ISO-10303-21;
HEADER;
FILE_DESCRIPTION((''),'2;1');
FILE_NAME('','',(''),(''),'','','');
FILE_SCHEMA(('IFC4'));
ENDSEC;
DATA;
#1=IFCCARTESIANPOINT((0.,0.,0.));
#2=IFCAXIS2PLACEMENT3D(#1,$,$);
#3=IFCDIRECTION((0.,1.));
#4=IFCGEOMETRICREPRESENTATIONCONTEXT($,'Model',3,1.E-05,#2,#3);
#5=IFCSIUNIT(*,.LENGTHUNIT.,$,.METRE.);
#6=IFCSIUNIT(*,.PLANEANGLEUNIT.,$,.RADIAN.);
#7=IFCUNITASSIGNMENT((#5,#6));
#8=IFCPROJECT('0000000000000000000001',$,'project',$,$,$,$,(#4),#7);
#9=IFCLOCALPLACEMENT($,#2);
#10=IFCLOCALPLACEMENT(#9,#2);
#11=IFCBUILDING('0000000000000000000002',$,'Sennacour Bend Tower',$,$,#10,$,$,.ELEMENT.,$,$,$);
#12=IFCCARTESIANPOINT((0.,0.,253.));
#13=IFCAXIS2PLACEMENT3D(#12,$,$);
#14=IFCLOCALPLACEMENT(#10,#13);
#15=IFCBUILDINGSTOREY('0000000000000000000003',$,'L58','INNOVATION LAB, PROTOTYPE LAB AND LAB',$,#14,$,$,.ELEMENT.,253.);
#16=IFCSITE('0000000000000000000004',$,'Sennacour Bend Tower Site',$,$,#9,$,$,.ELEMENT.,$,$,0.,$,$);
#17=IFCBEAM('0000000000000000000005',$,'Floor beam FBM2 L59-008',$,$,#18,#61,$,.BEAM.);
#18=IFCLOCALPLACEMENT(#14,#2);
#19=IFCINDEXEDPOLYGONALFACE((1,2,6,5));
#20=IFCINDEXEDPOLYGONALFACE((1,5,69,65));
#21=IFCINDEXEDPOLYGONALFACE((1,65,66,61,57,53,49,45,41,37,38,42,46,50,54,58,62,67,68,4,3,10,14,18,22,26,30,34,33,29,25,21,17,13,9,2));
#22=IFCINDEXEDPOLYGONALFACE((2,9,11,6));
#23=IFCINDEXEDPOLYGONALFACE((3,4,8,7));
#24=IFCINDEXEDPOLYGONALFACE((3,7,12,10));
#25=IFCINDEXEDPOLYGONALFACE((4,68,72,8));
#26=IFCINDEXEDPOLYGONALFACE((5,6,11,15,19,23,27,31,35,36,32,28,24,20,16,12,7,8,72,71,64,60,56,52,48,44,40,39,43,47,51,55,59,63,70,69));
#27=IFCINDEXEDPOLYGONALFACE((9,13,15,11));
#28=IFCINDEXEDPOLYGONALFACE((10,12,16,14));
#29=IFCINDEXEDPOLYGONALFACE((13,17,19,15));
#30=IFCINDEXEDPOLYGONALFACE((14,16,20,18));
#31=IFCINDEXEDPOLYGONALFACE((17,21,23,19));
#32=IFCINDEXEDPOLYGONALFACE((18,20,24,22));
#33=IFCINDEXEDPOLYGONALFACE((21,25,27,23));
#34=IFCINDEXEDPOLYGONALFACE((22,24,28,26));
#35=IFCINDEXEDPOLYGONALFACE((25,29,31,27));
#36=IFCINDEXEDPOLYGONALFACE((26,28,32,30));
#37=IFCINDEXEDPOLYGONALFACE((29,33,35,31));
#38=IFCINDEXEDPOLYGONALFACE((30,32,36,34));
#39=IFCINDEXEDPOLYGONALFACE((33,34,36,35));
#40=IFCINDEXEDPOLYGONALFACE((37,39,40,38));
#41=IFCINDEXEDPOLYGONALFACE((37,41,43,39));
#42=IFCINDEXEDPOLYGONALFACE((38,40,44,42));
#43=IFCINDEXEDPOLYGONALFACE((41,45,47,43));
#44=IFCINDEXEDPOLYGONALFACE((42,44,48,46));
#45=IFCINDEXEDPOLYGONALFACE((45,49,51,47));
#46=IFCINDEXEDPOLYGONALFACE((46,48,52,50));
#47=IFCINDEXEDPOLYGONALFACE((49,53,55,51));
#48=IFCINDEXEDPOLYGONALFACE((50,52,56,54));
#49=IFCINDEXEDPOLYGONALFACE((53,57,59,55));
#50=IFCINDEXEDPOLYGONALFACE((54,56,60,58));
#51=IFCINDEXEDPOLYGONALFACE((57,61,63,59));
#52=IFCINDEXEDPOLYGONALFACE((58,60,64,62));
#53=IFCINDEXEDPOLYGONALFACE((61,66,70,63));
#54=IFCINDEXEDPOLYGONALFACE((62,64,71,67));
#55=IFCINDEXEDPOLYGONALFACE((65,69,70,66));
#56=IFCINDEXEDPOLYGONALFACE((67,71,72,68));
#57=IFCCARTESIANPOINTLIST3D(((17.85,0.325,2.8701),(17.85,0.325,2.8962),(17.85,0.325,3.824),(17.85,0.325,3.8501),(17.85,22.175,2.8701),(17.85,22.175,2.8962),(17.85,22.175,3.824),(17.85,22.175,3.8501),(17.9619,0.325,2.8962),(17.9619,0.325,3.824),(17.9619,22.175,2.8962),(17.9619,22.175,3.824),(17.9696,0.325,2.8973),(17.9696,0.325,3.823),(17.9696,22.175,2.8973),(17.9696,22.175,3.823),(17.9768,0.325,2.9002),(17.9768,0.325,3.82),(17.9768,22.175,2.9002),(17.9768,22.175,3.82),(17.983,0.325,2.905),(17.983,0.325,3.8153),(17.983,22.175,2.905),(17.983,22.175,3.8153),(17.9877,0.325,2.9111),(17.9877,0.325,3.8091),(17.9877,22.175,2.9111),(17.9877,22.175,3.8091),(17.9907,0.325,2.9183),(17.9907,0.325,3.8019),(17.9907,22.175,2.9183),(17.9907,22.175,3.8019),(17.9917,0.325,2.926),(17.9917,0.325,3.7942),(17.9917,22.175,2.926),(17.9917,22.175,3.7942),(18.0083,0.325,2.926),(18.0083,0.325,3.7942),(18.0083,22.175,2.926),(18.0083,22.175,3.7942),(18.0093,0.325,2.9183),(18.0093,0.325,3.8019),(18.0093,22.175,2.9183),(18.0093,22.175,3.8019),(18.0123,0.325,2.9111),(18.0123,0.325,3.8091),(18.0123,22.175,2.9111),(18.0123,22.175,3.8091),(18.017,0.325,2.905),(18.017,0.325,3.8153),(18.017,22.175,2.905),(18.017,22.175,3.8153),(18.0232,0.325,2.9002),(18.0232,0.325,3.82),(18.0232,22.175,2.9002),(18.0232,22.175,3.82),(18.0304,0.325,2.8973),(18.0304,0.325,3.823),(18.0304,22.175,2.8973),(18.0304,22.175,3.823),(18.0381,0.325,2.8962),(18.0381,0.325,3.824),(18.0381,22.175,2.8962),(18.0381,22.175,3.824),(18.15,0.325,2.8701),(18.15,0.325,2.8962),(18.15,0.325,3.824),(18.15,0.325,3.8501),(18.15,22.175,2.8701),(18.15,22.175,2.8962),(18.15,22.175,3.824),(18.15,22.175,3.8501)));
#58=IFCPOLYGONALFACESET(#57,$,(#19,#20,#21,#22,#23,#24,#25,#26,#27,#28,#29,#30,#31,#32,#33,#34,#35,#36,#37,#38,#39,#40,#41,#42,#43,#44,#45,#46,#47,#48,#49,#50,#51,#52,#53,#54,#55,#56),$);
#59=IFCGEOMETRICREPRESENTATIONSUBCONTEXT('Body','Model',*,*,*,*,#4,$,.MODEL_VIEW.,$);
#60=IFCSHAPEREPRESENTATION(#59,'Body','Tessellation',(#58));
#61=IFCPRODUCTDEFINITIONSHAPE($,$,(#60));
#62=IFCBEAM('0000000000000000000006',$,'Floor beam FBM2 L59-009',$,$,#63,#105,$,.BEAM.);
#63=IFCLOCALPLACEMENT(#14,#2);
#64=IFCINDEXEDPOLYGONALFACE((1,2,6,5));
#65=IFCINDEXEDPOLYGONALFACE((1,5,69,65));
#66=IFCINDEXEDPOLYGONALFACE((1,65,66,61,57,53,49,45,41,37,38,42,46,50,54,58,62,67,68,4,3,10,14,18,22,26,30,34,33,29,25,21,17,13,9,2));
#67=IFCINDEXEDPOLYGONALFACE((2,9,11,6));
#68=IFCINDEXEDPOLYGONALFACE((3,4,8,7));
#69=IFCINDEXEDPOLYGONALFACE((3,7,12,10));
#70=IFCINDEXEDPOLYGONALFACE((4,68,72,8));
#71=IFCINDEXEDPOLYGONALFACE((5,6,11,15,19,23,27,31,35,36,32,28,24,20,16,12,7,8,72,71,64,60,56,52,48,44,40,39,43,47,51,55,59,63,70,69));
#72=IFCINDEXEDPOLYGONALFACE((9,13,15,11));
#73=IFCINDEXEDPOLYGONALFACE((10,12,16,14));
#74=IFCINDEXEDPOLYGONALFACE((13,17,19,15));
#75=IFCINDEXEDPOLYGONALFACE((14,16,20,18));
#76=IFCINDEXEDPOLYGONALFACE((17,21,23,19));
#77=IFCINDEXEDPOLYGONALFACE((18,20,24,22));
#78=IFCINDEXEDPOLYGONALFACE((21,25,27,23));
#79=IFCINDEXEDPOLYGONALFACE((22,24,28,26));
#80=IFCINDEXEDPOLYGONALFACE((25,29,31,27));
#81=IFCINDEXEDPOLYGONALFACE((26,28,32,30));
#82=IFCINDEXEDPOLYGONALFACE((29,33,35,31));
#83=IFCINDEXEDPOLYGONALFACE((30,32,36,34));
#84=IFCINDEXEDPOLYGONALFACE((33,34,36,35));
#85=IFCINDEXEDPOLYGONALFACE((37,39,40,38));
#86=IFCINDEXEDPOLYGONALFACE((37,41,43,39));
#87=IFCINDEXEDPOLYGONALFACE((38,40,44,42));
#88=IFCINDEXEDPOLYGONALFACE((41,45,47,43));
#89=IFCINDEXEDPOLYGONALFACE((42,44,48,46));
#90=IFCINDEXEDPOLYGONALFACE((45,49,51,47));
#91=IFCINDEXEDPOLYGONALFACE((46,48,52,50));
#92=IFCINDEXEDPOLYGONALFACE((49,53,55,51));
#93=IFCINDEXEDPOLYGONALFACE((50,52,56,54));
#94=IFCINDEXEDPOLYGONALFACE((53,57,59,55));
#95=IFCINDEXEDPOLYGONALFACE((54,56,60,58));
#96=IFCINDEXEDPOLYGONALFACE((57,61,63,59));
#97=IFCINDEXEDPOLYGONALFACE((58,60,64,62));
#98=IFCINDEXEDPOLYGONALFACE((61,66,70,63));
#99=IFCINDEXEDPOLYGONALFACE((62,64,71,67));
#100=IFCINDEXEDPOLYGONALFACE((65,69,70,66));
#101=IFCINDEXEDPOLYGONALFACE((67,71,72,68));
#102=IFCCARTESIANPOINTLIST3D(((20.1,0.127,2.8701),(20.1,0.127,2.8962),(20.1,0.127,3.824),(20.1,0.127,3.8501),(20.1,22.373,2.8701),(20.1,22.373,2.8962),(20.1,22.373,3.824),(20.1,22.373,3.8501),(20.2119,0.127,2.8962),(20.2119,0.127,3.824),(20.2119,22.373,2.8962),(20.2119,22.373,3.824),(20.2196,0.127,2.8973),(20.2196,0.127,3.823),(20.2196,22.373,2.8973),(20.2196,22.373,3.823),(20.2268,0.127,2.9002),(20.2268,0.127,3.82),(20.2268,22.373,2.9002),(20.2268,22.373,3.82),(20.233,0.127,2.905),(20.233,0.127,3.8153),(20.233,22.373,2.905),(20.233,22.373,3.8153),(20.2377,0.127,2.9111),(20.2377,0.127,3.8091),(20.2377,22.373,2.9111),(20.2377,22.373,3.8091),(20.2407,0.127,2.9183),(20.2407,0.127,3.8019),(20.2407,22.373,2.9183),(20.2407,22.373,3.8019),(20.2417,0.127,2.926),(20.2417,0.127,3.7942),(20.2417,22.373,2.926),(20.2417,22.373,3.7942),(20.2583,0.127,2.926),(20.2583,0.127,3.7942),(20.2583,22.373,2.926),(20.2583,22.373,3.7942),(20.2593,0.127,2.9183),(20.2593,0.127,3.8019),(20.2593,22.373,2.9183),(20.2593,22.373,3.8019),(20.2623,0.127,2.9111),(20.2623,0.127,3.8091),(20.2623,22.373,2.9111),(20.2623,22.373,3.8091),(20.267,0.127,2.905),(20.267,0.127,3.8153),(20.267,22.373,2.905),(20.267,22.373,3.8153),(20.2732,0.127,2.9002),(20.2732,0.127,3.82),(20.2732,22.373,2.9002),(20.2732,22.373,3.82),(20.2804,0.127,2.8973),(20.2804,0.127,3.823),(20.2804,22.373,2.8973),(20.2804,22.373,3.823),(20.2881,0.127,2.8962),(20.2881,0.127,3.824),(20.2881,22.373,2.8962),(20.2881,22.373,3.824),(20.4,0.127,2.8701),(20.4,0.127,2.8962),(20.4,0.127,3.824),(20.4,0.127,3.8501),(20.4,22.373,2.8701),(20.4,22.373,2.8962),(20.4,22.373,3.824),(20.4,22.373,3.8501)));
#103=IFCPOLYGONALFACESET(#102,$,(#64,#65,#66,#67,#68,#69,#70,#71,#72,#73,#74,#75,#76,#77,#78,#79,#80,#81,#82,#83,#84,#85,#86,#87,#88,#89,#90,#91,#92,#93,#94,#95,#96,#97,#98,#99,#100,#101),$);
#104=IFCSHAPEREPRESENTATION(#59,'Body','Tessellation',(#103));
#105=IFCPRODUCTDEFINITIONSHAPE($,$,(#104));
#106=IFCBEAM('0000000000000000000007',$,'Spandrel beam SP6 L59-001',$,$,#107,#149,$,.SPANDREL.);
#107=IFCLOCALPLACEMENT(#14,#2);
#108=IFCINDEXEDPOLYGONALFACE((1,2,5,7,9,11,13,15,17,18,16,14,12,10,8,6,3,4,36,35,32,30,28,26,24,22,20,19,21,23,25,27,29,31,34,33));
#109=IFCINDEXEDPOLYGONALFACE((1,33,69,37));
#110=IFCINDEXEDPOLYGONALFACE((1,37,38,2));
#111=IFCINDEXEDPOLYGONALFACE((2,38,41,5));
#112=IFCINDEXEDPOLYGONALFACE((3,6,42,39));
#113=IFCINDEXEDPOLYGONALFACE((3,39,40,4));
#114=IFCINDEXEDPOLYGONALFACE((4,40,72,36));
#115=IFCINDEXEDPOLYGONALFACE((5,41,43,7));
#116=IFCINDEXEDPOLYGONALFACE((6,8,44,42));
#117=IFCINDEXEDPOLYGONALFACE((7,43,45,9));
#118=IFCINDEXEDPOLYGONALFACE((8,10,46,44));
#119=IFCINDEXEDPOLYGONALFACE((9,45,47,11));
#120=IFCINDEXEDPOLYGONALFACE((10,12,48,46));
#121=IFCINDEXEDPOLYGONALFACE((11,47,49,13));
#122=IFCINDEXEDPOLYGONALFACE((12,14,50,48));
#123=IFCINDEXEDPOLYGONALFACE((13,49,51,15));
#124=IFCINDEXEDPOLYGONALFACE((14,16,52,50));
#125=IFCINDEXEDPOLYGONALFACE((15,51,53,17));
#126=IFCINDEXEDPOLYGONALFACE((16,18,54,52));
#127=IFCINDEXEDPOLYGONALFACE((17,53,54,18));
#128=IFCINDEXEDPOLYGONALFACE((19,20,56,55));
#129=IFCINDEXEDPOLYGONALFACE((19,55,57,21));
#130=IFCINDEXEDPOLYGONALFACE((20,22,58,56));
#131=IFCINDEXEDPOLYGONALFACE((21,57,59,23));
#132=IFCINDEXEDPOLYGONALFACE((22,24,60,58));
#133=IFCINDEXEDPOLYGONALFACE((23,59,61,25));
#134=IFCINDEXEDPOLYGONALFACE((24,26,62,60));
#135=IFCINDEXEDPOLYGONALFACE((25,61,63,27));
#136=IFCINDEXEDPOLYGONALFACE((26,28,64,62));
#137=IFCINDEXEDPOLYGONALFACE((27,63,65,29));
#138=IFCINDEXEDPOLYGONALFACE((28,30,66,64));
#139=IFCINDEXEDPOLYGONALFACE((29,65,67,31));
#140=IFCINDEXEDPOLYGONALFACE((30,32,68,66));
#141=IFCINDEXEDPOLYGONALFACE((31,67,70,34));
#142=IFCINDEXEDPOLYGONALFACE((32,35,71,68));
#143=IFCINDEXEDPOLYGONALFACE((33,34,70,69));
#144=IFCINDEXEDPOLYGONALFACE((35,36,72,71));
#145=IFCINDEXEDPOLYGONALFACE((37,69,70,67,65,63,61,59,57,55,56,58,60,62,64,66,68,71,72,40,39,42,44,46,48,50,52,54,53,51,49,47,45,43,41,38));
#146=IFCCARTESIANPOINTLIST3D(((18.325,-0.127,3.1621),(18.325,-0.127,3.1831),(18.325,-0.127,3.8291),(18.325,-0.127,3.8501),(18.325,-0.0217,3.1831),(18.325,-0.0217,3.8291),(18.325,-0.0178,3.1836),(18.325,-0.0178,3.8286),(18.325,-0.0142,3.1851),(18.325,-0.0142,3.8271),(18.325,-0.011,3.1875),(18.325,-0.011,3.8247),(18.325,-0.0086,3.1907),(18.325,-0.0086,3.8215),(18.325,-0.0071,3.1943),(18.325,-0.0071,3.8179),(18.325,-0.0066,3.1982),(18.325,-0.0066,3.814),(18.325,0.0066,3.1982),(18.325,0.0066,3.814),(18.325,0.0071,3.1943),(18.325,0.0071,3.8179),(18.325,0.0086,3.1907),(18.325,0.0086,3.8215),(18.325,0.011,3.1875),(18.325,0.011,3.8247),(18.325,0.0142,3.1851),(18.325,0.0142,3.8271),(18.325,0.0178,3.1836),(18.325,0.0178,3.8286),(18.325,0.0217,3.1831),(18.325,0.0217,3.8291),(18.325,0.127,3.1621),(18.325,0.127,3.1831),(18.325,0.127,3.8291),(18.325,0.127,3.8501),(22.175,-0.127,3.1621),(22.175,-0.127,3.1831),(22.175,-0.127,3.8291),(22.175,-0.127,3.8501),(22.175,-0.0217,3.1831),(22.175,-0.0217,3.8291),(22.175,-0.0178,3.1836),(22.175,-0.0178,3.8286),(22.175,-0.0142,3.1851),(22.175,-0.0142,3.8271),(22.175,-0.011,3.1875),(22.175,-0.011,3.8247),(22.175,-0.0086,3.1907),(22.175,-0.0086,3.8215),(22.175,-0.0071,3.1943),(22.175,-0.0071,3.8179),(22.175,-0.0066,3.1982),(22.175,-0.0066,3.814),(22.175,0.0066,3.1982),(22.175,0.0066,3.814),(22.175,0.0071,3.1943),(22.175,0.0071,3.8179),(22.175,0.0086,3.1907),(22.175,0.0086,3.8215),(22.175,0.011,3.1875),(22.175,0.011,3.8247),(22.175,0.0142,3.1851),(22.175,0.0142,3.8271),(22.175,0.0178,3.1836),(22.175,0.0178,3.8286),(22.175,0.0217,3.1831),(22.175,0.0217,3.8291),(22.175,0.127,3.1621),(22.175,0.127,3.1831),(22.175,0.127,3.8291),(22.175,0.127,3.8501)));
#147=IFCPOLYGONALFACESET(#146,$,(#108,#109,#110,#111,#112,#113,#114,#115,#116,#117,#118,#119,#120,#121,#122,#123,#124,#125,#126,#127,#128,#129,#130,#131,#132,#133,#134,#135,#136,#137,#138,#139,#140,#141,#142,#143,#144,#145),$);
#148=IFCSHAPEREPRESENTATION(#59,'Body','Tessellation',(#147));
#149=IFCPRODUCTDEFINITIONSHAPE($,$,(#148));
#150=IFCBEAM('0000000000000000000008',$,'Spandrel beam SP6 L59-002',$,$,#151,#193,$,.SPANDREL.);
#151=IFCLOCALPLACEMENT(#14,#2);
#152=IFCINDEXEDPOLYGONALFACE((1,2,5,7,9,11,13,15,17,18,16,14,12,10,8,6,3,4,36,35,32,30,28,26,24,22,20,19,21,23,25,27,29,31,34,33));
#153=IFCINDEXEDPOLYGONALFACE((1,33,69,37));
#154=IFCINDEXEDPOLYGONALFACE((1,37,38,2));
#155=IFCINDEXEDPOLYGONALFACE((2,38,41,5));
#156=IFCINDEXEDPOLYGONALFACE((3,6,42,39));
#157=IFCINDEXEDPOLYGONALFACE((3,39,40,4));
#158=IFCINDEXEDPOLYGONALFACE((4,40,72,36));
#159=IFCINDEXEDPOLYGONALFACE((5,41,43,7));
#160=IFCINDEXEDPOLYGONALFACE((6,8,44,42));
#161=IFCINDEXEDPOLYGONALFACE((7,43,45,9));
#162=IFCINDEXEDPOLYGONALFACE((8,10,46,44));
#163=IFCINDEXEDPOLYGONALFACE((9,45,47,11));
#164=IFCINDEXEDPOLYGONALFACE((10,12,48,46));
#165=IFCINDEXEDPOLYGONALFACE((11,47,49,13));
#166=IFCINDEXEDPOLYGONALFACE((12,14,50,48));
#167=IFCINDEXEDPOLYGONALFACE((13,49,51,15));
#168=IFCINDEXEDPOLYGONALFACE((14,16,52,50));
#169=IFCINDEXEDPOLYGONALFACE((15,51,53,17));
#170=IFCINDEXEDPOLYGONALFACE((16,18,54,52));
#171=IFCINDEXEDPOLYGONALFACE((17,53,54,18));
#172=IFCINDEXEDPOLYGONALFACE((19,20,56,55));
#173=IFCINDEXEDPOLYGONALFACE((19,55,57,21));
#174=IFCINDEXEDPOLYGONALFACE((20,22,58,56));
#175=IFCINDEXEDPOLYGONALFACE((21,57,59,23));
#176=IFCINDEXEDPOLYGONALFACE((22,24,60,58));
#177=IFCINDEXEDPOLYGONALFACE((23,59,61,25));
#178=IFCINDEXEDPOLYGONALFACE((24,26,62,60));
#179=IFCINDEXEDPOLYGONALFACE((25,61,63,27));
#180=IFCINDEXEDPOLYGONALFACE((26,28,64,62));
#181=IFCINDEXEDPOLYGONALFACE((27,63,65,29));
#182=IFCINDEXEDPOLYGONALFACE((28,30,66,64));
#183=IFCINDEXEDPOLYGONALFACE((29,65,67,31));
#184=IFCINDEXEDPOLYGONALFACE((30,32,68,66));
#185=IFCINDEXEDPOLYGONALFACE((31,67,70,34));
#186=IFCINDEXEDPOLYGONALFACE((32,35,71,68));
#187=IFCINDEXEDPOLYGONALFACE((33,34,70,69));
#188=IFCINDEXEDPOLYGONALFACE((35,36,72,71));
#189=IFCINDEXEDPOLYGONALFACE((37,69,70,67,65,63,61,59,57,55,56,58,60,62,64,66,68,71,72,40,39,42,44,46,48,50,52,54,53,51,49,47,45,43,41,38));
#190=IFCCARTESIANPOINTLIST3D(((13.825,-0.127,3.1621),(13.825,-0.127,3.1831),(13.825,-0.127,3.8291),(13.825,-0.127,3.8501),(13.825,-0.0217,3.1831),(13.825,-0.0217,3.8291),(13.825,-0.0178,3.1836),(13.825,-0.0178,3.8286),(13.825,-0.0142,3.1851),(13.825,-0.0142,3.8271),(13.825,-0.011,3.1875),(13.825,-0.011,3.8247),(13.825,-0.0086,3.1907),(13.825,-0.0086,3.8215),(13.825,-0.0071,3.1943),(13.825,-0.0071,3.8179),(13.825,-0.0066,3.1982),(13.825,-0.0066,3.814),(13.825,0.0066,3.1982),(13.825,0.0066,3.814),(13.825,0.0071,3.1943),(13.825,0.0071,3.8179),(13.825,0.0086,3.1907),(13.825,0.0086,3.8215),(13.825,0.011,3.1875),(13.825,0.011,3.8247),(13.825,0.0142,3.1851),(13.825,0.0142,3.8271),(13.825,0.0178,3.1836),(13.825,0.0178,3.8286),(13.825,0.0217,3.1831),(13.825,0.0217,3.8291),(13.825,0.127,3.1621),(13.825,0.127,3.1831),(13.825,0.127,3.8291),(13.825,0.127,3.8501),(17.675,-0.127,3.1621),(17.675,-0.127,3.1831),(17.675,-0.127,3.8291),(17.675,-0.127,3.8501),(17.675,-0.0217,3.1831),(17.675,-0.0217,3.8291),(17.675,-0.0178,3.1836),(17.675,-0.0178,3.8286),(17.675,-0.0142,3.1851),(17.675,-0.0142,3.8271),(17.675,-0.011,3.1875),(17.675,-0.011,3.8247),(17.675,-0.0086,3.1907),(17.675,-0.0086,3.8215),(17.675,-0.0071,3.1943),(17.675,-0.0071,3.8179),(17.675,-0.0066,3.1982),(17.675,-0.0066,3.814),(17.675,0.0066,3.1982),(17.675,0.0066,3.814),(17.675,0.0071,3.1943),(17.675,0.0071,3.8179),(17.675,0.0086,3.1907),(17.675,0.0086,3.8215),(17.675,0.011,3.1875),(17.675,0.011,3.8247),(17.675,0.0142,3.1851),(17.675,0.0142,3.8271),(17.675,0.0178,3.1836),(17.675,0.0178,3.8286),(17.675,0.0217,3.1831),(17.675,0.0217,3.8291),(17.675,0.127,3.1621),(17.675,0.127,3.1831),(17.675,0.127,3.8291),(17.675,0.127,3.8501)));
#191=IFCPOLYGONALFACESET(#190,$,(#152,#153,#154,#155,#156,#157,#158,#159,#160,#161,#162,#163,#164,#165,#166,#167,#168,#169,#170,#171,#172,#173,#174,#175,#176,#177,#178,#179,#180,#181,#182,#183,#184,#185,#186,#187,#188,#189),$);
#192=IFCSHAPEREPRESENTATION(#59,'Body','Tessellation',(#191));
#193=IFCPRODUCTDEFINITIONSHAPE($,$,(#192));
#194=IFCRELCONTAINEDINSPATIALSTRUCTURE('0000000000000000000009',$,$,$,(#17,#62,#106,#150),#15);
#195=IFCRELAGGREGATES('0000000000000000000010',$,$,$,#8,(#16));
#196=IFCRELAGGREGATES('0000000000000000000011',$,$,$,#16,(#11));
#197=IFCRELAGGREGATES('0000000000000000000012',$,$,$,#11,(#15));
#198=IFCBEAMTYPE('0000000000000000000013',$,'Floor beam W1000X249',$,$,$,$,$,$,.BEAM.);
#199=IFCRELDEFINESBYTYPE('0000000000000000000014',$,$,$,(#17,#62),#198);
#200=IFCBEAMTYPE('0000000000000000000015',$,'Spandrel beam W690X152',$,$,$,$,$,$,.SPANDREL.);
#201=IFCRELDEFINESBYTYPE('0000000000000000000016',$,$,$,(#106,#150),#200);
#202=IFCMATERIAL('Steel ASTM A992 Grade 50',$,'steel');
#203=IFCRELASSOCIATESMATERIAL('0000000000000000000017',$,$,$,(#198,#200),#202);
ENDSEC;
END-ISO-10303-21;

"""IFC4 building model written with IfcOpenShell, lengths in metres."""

from ifc_helpers import new_model, si_unit, direction, frame, origin, origin_2d, place, context, subcontext, project, spatial, i_section, extrude, material, material_profile, profile_set, type_object, element, save


model = new_model("IFC4")

# Units and contexts
model_context = context("Model", 3, precision=1e-05, world=origin(), true_north=direction((0.0, 1.0)))
body_context = subcontext(model_context, "Body", "Model", "MODEL_VIEW")
ifc_project = project(units=[si_unit("LENGTHUNIT", "METRE"), si_unit("PLANEANGLEUNIT", "RADIAN")], contexts=[model_context])

# Site, building, storey
site_placement = place(None, origin())
site = spatial("IfcSite", under=ifc_project, at=site_placement, Name="Sennacour Bend Tower Site", CompositionType="ELEMENT", RefElevation=0.0)
building_placement = place(site_placement, origin())
building = spatial("IfcBuilding", under=site, at=building_placement, Name="Sennacour Bend Tower", CompositionType="ELEMENT")
storey_placement = place(building_placement, frame((0.0, 0.0, 253.0)))
storey = spatial("IfcBuildingStorey", under=building, at=storey_placement, Name="L58", Description="INNOVATION LAB, PROTOTYPE LAB AND LAB", CompositionType="ELEMENT", Elevation=253.0)

# Beams
ifc_material_1 = material(Name="Steel ASTM A992 Grade 50", Category="steel")
ifc_material_profile_1 = material_profile(ifc_material_1, i_section(OverallWidth=0.3, OverallDepth=0.98, WebThickness=0.0166, FlangeThickness=0.0261, FilletRadius=0.0298, at=origin_2d()), Name="Steel ASTM A992 Grade 50", Category="steel")
ifc_profile_set_1 = profile_set([ifc_material_profile_1], Name="Steel ASTM A992 Grade 50")
beam_type_1 = type_object("IfcBeamType", Name="Floor beam W1000X249", PredefinedType="BEAM", material=ifc_profile_set_1)
beam_1_placement = place(storey_placement, frame((18.0, 0.325, 3.3601), z_axis=(0.0, 1.0, 0.0), x_axis=(-1.0, 0.0, 0.0)))
element("IfcBeam", 1, at=beam_1_placement, inside=storey, type_object=beam_type_1, Name="Floor beam FBM2 L59-008", PredefinedType="BEAM", context=body_context, shape_type="SweptSolid", body=[
    extrude(i_section(OverallWidth=0.3, OverallDepth=0.98, WebThickness=0.0166, FlangeThickness=0.0261, FilletRadius=0.0298, at=origin_2d()), origin(), (0.0, 0.0, 1.0), 21.8501),
])
beam_2_placement = place(storey_placement, frame((20.25, 0.127, 3.3601), z_axis=(0.0, 1.0, 0.0), x_axis=(-1.0, 0.0, 0.0)))
element("IfcBeam", 2, at=beam_2_placement, inside=storey, type_object=beam_type_1, Name="Floor beam FBM2 L59-009", PredefinedType="BEAM", context=body_context, shape_type="SweptSolid", body=[
    extrude(i_section(OverallWidth=0.3, OverallDepth=0.98, WebThickness=0.0166, FlangeThickness=0.0261, FilletRadius=0.0298, at=origin_2d()), origin(), (0.0, 0.0, 1.0), 22.2461),
])
ifc_material_profile_2 = material_profile(ifc_material_1, i_section(OverallWidth=0.2539, OverallDepth=0.688, WebThickness=0.0132, FlangeThickness=0.021, FilletRadius=0.0151, at=origin_2d()), Name="Steel ASTM A992 Grade 50", Category="steel")
ifc_profile_set_2 = profile_set([ifc_material_profile_2], Name="Steel ASTM A992 Grade 50")
beam_type_2 = type_object("IfcBeamType", Name="Spandrel beam W690X152", PredefinedType="SPANDREL", material=ifc_profile_set_2)
for number, where, z_axis, x_axis, name in (
    (3, (22.175, 0.0, 3.5061), (-1.0, 0.0, 0.0), (0.0, -1.0, 0.0), "Spandrel beam SP6 L59-001"),
    (4, (17.675, 0.0, 3.5061), (-1.0, 0.0, 0.0), (0.0, -1.0, 0.0), "Spandrel beam SP6 L59-002"),
):
    element("IfcBeam", number, at=place(storey_placement, frame(where, z_axis=z_axis, x_axis=x_axis)), inside=storey, type_object=beam_type_2, Name=name, PredefinedType="SPANDREL", context=body_context, shape_type="SweptSolid", body=[
        extrude(i_section(OverallWidth=0.2539, OverallDepth=0.688, WebThickness=0.0132, FlangeThickness=0.021, FilletRadius=0.0151, at=origin_2d()), origin(), (0.0, 0.0, 1.0), 3.8501),
    ])

save(model, "model.ifc")
